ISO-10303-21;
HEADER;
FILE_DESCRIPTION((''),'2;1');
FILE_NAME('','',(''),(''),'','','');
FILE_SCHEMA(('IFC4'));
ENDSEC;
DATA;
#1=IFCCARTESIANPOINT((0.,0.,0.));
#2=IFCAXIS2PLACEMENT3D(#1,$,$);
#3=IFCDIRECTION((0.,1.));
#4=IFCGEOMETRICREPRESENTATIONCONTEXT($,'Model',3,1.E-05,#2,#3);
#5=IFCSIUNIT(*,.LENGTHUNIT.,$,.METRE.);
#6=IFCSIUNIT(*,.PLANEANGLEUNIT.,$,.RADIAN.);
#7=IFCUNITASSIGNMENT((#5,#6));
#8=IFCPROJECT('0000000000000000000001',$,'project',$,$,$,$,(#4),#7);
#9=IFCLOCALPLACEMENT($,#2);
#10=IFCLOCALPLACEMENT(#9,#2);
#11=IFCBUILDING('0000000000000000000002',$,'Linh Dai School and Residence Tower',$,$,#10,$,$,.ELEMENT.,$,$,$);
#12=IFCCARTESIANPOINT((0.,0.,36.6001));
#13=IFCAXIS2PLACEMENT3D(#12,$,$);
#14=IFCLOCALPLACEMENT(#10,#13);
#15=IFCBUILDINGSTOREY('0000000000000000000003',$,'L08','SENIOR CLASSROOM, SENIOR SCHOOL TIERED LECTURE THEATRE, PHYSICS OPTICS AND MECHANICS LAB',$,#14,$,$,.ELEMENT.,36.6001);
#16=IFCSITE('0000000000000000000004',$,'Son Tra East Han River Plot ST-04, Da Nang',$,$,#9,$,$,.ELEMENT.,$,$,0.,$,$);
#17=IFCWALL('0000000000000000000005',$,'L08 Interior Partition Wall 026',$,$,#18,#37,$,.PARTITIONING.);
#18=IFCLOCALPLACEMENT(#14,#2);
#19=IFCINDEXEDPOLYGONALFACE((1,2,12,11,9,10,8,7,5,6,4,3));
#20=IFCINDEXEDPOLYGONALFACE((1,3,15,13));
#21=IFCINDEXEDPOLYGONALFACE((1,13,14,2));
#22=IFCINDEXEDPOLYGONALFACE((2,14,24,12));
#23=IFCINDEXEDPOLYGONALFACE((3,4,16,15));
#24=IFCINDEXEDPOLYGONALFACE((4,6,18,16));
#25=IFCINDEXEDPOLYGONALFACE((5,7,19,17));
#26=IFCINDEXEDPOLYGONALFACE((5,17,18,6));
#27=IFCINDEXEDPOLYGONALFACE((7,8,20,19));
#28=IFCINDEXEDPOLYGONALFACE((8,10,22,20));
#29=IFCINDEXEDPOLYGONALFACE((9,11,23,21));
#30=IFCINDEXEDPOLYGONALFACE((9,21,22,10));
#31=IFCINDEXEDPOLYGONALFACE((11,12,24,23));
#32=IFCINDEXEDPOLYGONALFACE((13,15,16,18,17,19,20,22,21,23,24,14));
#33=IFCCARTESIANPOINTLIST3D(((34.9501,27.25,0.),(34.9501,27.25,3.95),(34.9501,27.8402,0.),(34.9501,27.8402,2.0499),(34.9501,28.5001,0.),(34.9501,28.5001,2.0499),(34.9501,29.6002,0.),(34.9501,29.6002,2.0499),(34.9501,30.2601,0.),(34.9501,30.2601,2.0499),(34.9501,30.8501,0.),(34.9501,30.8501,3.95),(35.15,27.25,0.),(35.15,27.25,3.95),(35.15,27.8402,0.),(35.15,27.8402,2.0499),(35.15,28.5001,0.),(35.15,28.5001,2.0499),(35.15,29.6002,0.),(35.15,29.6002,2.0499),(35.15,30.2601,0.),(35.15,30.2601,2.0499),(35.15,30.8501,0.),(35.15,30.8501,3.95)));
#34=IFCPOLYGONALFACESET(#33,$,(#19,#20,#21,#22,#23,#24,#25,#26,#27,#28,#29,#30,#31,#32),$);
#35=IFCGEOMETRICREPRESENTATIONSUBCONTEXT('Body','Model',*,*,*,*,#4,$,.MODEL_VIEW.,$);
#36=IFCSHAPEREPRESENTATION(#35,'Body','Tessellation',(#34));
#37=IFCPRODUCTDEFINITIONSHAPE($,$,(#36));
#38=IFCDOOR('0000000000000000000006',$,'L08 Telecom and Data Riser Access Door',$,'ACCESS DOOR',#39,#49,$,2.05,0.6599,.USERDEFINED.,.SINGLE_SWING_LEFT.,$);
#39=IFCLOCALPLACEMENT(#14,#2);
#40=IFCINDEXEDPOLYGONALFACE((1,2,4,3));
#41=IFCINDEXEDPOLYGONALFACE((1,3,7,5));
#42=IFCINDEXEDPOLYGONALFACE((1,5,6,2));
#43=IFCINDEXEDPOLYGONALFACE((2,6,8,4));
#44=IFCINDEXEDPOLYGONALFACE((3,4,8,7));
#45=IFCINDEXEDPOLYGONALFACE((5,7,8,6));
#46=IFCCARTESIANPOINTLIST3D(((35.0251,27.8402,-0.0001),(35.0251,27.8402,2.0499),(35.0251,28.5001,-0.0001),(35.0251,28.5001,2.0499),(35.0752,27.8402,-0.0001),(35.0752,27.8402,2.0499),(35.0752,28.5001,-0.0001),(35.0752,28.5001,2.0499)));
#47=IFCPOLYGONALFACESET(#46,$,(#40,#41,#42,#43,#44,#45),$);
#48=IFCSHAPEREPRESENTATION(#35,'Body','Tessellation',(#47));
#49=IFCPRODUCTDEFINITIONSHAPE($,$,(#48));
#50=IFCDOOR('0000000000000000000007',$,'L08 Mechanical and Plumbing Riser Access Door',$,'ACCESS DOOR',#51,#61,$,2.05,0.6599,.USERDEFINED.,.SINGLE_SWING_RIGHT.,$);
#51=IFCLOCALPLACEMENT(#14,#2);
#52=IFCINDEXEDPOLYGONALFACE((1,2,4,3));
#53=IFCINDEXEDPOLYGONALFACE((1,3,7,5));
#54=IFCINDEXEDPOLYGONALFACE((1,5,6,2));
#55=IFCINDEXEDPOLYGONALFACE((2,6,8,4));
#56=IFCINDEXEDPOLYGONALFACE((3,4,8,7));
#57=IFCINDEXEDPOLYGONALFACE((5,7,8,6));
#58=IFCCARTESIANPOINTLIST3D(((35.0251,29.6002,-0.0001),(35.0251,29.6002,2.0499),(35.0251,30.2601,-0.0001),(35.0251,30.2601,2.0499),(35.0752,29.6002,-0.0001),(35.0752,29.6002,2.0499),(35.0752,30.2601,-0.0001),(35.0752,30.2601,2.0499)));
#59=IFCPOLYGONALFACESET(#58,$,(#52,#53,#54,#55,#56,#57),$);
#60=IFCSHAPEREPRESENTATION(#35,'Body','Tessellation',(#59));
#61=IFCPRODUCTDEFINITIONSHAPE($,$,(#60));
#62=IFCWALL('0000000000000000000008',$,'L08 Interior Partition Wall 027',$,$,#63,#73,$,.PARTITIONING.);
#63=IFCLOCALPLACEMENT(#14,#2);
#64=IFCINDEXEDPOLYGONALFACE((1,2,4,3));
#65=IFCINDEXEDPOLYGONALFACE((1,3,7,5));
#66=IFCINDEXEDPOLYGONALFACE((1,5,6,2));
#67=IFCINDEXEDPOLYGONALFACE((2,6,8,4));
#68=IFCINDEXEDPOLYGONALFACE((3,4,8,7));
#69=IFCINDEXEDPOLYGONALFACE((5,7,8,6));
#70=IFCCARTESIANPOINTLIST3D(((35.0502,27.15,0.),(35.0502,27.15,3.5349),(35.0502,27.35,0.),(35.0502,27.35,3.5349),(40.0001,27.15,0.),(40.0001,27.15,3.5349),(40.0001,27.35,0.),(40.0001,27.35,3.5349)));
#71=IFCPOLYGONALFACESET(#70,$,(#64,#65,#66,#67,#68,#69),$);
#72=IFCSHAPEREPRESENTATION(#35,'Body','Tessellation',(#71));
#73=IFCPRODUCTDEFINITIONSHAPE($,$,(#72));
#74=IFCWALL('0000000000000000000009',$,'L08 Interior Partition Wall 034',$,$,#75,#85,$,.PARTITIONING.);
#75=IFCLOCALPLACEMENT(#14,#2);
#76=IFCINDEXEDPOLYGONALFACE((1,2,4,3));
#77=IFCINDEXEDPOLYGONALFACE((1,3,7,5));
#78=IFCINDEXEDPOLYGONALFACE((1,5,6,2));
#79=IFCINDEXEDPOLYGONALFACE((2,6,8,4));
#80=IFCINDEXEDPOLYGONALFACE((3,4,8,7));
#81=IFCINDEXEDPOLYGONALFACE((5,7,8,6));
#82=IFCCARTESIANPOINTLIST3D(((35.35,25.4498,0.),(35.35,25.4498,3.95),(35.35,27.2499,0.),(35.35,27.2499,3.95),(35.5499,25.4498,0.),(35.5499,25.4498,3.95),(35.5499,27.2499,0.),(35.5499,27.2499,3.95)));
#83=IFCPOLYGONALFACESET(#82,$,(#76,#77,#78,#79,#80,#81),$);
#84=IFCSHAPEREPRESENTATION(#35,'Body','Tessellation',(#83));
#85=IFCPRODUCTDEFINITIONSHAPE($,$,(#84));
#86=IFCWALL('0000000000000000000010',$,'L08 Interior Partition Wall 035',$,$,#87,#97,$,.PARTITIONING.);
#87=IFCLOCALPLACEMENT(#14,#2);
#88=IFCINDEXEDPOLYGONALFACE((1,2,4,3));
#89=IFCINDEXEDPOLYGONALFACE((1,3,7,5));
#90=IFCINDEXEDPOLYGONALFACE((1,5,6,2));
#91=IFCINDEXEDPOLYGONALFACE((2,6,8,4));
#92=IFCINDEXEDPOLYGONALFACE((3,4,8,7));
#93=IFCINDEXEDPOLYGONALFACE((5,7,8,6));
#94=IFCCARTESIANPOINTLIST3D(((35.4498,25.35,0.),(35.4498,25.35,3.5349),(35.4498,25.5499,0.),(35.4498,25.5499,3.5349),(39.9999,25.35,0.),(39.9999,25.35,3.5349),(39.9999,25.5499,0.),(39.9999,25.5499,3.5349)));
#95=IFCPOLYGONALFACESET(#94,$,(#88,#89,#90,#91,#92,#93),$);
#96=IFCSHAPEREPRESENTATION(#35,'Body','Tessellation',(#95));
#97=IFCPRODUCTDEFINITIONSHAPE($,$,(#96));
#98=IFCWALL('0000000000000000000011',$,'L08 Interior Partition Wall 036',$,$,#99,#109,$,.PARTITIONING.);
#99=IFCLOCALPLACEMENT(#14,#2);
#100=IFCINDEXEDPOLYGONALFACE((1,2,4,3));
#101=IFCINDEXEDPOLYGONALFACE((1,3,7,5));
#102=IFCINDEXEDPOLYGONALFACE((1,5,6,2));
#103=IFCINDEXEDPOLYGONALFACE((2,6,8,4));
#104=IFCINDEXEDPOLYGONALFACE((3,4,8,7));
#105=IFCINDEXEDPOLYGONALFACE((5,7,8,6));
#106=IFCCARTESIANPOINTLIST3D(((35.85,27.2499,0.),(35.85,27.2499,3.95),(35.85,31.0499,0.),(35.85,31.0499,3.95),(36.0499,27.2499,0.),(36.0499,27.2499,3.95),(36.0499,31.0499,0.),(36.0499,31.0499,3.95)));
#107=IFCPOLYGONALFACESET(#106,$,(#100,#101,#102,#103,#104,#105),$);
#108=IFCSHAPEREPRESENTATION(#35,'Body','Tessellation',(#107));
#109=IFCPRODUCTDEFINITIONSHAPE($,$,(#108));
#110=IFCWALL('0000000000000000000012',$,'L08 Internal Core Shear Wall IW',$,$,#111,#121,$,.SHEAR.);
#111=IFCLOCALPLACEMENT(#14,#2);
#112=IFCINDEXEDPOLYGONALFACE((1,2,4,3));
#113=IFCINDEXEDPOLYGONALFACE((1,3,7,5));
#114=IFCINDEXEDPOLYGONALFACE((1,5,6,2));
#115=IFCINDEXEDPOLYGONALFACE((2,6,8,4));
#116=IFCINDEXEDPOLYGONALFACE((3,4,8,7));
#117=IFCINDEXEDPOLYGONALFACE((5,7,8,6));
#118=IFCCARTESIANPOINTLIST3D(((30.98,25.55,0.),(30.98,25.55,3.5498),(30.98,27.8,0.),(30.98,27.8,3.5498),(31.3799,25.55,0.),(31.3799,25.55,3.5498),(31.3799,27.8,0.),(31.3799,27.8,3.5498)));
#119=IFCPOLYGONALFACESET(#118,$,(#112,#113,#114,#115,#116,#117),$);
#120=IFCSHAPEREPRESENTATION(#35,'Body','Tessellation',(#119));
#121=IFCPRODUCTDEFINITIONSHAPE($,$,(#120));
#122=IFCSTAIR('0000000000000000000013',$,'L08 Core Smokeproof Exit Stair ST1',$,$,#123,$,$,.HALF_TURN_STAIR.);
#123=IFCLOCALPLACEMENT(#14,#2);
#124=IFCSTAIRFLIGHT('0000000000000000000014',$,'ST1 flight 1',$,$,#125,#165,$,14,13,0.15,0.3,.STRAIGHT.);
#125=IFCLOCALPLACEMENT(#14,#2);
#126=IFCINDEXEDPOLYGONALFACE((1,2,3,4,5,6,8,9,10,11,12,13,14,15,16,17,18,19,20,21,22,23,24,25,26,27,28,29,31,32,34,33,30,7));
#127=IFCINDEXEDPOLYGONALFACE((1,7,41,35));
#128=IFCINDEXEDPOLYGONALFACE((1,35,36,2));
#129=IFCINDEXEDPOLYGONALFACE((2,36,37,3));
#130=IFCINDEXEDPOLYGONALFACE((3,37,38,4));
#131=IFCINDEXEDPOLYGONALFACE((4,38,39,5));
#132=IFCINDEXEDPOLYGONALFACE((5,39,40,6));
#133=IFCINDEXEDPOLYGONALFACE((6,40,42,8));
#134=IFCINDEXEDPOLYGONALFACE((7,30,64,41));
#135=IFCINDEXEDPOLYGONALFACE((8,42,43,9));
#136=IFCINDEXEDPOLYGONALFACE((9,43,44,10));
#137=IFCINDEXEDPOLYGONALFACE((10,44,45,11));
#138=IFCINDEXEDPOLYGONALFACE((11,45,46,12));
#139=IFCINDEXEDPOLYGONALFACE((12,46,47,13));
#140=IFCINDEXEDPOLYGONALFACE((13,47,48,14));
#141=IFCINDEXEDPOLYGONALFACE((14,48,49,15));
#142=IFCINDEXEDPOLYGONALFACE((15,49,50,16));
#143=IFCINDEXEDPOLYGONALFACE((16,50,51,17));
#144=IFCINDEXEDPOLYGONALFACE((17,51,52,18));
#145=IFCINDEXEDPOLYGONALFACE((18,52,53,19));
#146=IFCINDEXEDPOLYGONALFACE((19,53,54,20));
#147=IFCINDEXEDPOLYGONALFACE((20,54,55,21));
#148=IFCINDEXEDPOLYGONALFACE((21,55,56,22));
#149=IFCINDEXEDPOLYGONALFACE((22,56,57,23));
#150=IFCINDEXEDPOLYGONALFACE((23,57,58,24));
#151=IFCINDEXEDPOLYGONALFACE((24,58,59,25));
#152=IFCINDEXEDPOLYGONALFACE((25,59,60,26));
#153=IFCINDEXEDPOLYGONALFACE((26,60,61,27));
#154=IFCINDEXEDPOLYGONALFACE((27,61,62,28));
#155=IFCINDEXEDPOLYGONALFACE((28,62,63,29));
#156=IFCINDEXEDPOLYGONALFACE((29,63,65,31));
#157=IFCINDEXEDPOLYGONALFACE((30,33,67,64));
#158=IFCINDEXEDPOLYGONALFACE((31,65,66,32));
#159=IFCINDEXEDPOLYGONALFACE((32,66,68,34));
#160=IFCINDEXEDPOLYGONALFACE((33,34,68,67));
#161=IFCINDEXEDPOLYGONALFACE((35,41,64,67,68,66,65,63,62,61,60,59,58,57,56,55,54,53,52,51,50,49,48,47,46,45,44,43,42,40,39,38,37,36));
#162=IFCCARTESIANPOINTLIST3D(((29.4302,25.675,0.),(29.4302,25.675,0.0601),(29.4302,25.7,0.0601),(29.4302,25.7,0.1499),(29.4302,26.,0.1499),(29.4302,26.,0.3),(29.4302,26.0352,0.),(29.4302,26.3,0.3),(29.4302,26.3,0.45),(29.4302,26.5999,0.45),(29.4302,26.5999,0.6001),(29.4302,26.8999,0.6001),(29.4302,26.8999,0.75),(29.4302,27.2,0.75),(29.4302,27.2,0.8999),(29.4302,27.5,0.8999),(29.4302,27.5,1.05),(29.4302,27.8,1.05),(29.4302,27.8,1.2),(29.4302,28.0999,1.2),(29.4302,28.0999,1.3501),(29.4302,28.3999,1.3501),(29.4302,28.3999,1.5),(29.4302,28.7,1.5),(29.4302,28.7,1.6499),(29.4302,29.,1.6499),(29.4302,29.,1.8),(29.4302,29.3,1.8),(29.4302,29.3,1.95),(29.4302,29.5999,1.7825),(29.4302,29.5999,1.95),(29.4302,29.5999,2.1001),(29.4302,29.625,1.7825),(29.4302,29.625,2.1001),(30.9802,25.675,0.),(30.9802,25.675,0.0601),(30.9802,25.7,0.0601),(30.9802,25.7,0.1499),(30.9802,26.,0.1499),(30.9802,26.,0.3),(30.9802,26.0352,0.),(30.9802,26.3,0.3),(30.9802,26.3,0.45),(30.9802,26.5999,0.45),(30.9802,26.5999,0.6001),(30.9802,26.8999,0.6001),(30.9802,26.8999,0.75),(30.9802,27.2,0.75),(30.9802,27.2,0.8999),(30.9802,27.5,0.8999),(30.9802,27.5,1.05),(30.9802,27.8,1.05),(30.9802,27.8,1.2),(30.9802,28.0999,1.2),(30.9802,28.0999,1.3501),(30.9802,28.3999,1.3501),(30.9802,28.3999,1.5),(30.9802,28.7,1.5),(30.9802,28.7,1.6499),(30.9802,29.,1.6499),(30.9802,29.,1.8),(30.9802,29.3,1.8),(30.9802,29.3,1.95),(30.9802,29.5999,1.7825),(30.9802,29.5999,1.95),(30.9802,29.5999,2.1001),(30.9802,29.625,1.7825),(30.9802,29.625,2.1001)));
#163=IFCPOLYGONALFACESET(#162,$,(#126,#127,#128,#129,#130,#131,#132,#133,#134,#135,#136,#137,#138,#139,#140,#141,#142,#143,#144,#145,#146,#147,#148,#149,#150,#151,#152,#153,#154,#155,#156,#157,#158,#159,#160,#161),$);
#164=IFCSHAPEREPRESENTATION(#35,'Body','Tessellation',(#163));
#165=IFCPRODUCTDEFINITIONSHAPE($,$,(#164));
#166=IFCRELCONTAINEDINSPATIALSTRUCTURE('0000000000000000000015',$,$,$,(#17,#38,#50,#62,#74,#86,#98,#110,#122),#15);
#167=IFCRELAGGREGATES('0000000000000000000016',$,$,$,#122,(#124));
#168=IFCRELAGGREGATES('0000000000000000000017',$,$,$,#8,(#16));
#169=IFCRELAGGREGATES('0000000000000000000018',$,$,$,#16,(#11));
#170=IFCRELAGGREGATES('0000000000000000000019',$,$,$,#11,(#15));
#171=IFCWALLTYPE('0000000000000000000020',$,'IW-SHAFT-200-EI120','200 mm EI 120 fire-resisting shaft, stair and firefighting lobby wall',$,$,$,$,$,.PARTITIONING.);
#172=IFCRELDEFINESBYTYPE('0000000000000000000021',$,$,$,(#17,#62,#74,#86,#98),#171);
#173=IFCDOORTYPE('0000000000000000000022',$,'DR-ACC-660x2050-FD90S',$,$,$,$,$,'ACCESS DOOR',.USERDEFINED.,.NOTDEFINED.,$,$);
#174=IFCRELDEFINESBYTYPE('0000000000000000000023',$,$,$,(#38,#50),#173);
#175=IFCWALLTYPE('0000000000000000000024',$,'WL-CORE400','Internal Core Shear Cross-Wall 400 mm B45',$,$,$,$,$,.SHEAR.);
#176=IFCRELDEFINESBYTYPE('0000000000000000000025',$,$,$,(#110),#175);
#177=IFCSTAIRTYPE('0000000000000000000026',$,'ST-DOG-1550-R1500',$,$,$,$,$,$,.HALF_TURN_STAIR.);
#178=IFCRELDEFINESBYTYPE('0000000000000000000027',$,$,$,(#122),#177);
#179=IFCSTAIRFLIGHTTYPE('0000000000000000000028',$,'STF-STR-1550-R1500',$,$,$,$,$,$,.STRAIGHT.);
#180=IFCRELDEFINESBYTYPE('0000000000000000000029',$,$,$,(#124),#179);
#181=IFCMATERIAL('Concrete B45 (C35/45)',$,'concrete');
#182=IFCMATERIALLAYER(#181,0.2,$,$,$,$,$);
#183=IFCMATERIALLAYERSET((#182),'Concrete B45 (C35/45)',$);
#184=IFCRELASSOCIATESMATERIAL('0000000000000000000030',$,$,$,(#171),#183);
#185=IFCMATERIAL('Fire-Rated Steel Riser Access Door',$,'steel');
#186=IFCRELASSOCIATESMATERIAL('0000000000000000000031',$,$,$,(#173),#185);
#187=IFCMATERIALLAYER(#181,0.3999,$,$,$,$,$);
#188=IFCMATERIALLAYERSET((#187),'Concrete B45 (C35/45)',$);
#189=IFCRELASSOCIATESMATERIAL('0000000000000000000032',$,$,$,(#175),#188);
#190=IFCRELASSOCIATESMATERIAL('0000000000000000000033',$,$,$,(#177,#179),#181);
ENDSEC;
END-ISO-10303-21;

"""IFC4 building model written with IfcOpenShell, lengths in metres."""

from ifc_helpers import new_model, si_unit, direction, frame, frame_2d, origin, origin_2d, place, context, subcontext, project, spatial, polyline, rectangle, outline, extrude, source, transform, mapped, material, layer, layer_set, type_object, element, fill, aggregate, save


model = new_model("IFC4")

# Units and contexts
model_context = context("Model", 3, precision=1e-05, world=origin(), true_north=direction((0.0, 1.0)))
body_context = subcontext(model_context, "Body", "Model", "MODEL_VIEW")
ifc_project = project(units=[si_unit("LENGTHUNIT", "METRE"), si_unit("PLANEANGLEUNIT", "RADIAN")], contexts=[model_context])

# Site, building, storey
site_placement = place(None, origin())
site = spatial("IfcSite", under=ifc_project, at=site_placement, Name="Son Tra East Han River Plot ST-04, Da Nang", CompositionType="ELEMENT", RefElevation=0.0)
building_placement = place(site_placement, origin())
building = spatial("IfcBuilding", under=site, at=building_placement, Name="Linh Dai School and Residence Tower", CompositionType="ELEMENT")
storey_placement = place(building_placement, frame((0.0, 0.0, 36.6001)))
storey = spatial("IfcBuildingStorey", under=building, at=storey_placement, Name="L08", Description="SENIOR CLASSROOM, SENIOR SCHOOL TIERED LECTURE THEATRE, PHYSICS OPTICS AND MECHANICS LAB", CompositionType="ELEMENT", Elevation=36.6001)

# Shared definitions
ifc_material_1 = material(Name="Concrete B45 (C35/45)", Category="concrete")
ifc_layer_1 = layer(ifc_material_1, 0.2)
ifc_layer_set_1 = layer_set([ifc_layer_1], Name="Concrete B45 (C35/45)")
wall_type_1 = type_object("IfcWallType", Name="IW-SHAFT-200-EI120", Description="200 mm EI 120 fire-resisting shaft, stair and firefighting lobby wall", PredefinedType="PARTITIONING", material=ifc_layer_set_1)

# Wall, openings, doors
wall_1_placement = place(storey_placement, frame((35.05, 27.25, 0.0), z_axis=(0.0, 0.0, 1.0), x_axis=(0.0, 1.0, 0.0)))
wall_1 = element("IfcWall", 1, at=wall_1_placement, inside=storey, type_object=wall_type_1, Name="L08 Interior Partition Wall 026", PredefinedType="PARTITIONING", context=body_context, shape_type="SweptSolid", body=[
    extrude(rectangle(XDim=3.6001, YDim=0.2, at=frame_2d((1.8, 0.0))), origin(), (0.0, 0.0, 1.0), 3.95),
])
opening_1_placement = place(wall_1_placement, frame((0.5901, 0.0, 0.0)))
opening_1 = element("IfcOpeningElement", 2, at=opening_1_placement, cuts=wall_1, PredefinedType="OPENING", context=body_context, shape_type="SweptSolid", body=[
    extrude(rectangle(XDim=0.6599, YDim=2.05, at=origin_2d()), frame((0.3301, 0.1099, 1.0249), z_axis=(0.0, -1.0, 0.0), x_axis=(1.0, 0.0, 0.0)), (0.0, 0.0, 1.0), 0.22),
])
opening_2_placement = place(wall_1_placement, frame((2.3501, 0.0, 0.0)))
opening_2 = element("IfcOpeningElement", 3, at=opening_2_placement, cuts=wall_1, PredefinedType="OPENING", context=body_context, shape_type="SweptSolid", body=[
    extrude(rectangle(XDim=0.6599, YDim=2.05, at=origin_2d()), frame((0.3301, 0.1099, 1.0249), z_axis=(0.0, -1.0, 0.0), x_axis=(1.0, 0.0, 0.0)), (0.0, 0.0, 1.0), 0.22),
])
ifc_material_2 = material(Name="Fire-Rated Steel Riser Access Door", Category="steel")
door_type_1 = type_object("IfcDoorType", Name="DR-ACC-660x2050-FD90S", ElementType="ACCESS DOOR", OperationType="NOTDEFINED", PredefinedType="USERDEFINED", material=ifc_material_2)
shared_shape_1 = source(origin(), body_context, "Body", "SweptSolid", [
    extrude(rectangle(XDim=0.6599, YDim=2.05, at=origin_2d()), frame((0.3301, 0.0249, 1.0249), z_axis=(0.0, -1.0, 0.0), x_axis=(1.0, 0.0, 0.0)), (0.0, 0.0, 1.0), 0.05),
])
door_1_placement = place(opening_1_placement, origin())
door_1 = element("IfcDoor", 4, at=door_1_placement, inside=storey, type_object=door_type_1, Name="L08 Telecom and Data Riser Access Door", ObjectType="ACCESS DOOR", OperationType="SINGLE_SWING_LEFT", OverallHeight=2.05, OverallWidth=0.6599, PredefinedType="USERDEFINED", context=body_context, shape_type="MappedRepresentation", body=[
    mapped(shared_shape_1, transform((0.0, 0.0, 0.0), x_axis=(1.0, 0.0, 0.0), y_axis=(0.0, 1.0, 0.0), z_axis=(0.0, 0.0, 1.0), scale=1.0)),
])
fill(opening_1, door_1)
door_2_placement = place(opening_2_placement, origin())
door_2 = element("IfcDoor", 5, at=door_2_placement, inside=storey, type_object=door_type_1, Name="L08 Mechanical and Plumbing Riser Access Door", ObjectType="ACCESS DOOR", OperationType="SINGLE_SWING_RIGHT", OverallHeight=2.05, OverallWidth=0.6599, PredefinedType="USERDEFINED", context=body_context, shape_type="MappedRepresentation", body=[
    mapped(shared_shape_1, transform((0.0, 0.0, 0.0), x_axis=(1.0, 0.0, 0.0), y_axis=(0.0, 1.0, 0.0), z_axis=(0.0, 0.0, 1.0), scale=1.0)),
])
fill(opening_2, door_2)

# Walls
wall_2_placement = place(storey_placement, frame((35.05, 27.25, 0.0), z_axis=(0.0, 0.0, 1.0), x_axis=(1.0, 0.0, 0.0)))
element("IfcWall", 6, at=wall_2_placement, inside=storey, type_object=wall_type_1, Name="L08 Interior Partition Wall 027", PredefinedType="PARTITIONING", context=body_context, shape_type="SweptSolid", body=[
    extrude(rectangle(XDim=4.95, YDim=0.2, at=frame_2d((2.4751, 0.0))), origin(), (0.0, 0.0, 1.0), 3.5349),
])
wall_3_placement = place(storey_placement, frame((35.45, 25.45, 0.0), z_axis=(0.0, 0.0, 1.0), x_axis=(0.0, 1.0, 0.0)))
element("IfcWall", 7, at=wall_3_placement, inside=storey, type_object=wall_type_1, Name="L08 Interior Partition Wall 034", PredefinedType="PARTITIONING", context=body_context, shape_type="SweptSolid", body=[
    extrude(rectangle(XDim=1.8, YDim=0.2, at=frame_2d((0.8999, 0.0))), origin(), (0.0, 0.0, 1.0), 3.95),
])
wall_4_placement = place(storey_placement, frame((35.45, 25.45, 0.0), z_axis=(0.0, 0.0, 1.0), x_axis=(1.0, 0.0, 0.0)))
element("IfcWall", 8, at=wall_4_placement, inside=storey, type_object=wall_type_1, Name="L08 Interior Partition Wall 035", PredefinedType="PARTITIONING", context=body_context, shape_type="SweptSolid", body=[
    extrude(rectangle(XDim=4.55, YDim=0.2, at=frame_2d((2.2749, 0.0))), origin(), (0.0, 0.0, 1.0), 3.5349),
])
wall_5_placement = place(storey_placement, frame((35.95, 27.25, 0.0), z_axis=(0.0, 0.0, 1.0), x_axis=(0.0, 1.0, 0.0)))
element("IfcWall", 9, at=wall_5_placement, inside=storey, type_object=wall_type_1, Name="L08 Interior Partition Wall 036", PredefinedType="PARTITIONING", context=body_context, shape_type="SweptSolid", body=[
    extrude(rectangle(XDim=3.8, YDim=0.2, at=frame_2d((1.8999, 0.0))), origin(), (0.0, 0.0, 1.0), 3.95),
])
ifc_layer_2 = layer(ifc_material_1, 0.3999)
ifc_layer_set_2 = layer_set([ifc_layer_2], Name="Concrete B45 (C35/45)")
wall_type_2 = type_object("IfcWallType", Name="WL-CORE400", Description="Internal Core Shear Cross-Wall 400 mm B45", PredefinedType="SHEAR", material=ifc_layer_set_2)
wall_6_placement = place(storey_placement, frame((31.1799, 25.55, 0.0), z_axis=(0.0, 0.0, 1.0), x_axis=(0.0, 1.0, 0.0)))
element("IfcWall", 10, at=wall_6_placement, inside=storey, type_object=wall_type_2, Name="L08 Internal Core Shear Wall IW", PredefinedType="SHEAR", context=body_context, shape_type="SweptSolid", body=[
    extrude(rectangle(XDim=2.25, YDim=0.3999, at=frame_2d((1.125, 0.0))), origin(), (0.0, 0.0, 1.0), 3.5498),
])

# Stair, stair flight
stair_type = type_object("IfcStairType", Name="ST-DOG-1550-R1500", PredefinedType="HALF_TURN_STAIR", material=ifc_material_1)
stair_placement = place(storey_placement, origin())
stair = element("IfcStair", 11, at=stair_placement, inside=storey, type_object=stair_type, Name="L08 Core Smokeproof Exit Stair ST1", PredefinedType="HALF_TURN_STAIR")
stair_flight_type = type_object("IfcStairFlightType", Name="STF-STR-1550-R1500", PredefinedType="STRAIGHT", material=ifc_material_1)
shared_shape_2 = source(origin(), body_context, "Body", "SweptSolid", [
    extrude(outline(polyline([(-0.0249, 0.0), (-0.0249, 0.0601), (0.0, 0.0601), (0.0, 0.1499), (0.3, 0.1499), (0.3, 0.3), (0.6001, 0.3), (0.6001, 0.45), (0.8999, 0.45), (0.8999, 0.6001), (1.2, 0.6001), (1.2, 0.75), (1.5, 0.75), (1.5, 0.8999), (1.8, 0.8999), (1.8, 1.05), (2.1001, 1.05), (2.1001, 1.2), (2.3999, 1.2), (2.3999, 1.3501), (2.7, 1.3501), (2.7, 1.5), (3.0, 1.5), (3.0, 1.6499), (3.3, 1.6499), (3.3, 1.8), (3.6001, 1.8), (3.6001, 1.95), (3.8999, 1.95), (3.8999, 2.1001), (3.925, 2.1001), (3.925, 1.7825), (3.8999, 1.7825), (0.3352, 0.0), (-0.0249, 0.0)])), frame((0.0, 0.7749, 0.0), z_axis=(0.0, -1.0, 0.0), x_axis=(1.0, 0.0, 0.0)), (0.0, 0.0, 1.0), 1.55),
])
stair_flight_placement = place(storey_placement, frame((30.2051, 25.7, 0.0), z_axis=(0.0, 0.0, 1.0), x_axis=(0.0, 1.0, 0.0)))
stair_flight = element("IfcStairFlight", 12, at=stair_flight_placement, type_object=stair_flight_type, Name="ST1 flight 1", NumberOfRisers=14, NumberOfTreads=13, PredefinedType="STRAIGHT", RiserHeight=0.15, TreadLength=0.3, context=body_context, shape_type="MappedRepresentation", body=[
    mapped(shared_shape_2, transform((0.0, 0.0, 0.0), x_axis=(1.0, 0.0, 0.0), y_axis=(0.0, 1.0, 0.0), z_axis=(0.0, 0.0, 1.0), scale=1.0)),
])
aggregate(stair, [stair_flight])

save(model, "model.ifc")
